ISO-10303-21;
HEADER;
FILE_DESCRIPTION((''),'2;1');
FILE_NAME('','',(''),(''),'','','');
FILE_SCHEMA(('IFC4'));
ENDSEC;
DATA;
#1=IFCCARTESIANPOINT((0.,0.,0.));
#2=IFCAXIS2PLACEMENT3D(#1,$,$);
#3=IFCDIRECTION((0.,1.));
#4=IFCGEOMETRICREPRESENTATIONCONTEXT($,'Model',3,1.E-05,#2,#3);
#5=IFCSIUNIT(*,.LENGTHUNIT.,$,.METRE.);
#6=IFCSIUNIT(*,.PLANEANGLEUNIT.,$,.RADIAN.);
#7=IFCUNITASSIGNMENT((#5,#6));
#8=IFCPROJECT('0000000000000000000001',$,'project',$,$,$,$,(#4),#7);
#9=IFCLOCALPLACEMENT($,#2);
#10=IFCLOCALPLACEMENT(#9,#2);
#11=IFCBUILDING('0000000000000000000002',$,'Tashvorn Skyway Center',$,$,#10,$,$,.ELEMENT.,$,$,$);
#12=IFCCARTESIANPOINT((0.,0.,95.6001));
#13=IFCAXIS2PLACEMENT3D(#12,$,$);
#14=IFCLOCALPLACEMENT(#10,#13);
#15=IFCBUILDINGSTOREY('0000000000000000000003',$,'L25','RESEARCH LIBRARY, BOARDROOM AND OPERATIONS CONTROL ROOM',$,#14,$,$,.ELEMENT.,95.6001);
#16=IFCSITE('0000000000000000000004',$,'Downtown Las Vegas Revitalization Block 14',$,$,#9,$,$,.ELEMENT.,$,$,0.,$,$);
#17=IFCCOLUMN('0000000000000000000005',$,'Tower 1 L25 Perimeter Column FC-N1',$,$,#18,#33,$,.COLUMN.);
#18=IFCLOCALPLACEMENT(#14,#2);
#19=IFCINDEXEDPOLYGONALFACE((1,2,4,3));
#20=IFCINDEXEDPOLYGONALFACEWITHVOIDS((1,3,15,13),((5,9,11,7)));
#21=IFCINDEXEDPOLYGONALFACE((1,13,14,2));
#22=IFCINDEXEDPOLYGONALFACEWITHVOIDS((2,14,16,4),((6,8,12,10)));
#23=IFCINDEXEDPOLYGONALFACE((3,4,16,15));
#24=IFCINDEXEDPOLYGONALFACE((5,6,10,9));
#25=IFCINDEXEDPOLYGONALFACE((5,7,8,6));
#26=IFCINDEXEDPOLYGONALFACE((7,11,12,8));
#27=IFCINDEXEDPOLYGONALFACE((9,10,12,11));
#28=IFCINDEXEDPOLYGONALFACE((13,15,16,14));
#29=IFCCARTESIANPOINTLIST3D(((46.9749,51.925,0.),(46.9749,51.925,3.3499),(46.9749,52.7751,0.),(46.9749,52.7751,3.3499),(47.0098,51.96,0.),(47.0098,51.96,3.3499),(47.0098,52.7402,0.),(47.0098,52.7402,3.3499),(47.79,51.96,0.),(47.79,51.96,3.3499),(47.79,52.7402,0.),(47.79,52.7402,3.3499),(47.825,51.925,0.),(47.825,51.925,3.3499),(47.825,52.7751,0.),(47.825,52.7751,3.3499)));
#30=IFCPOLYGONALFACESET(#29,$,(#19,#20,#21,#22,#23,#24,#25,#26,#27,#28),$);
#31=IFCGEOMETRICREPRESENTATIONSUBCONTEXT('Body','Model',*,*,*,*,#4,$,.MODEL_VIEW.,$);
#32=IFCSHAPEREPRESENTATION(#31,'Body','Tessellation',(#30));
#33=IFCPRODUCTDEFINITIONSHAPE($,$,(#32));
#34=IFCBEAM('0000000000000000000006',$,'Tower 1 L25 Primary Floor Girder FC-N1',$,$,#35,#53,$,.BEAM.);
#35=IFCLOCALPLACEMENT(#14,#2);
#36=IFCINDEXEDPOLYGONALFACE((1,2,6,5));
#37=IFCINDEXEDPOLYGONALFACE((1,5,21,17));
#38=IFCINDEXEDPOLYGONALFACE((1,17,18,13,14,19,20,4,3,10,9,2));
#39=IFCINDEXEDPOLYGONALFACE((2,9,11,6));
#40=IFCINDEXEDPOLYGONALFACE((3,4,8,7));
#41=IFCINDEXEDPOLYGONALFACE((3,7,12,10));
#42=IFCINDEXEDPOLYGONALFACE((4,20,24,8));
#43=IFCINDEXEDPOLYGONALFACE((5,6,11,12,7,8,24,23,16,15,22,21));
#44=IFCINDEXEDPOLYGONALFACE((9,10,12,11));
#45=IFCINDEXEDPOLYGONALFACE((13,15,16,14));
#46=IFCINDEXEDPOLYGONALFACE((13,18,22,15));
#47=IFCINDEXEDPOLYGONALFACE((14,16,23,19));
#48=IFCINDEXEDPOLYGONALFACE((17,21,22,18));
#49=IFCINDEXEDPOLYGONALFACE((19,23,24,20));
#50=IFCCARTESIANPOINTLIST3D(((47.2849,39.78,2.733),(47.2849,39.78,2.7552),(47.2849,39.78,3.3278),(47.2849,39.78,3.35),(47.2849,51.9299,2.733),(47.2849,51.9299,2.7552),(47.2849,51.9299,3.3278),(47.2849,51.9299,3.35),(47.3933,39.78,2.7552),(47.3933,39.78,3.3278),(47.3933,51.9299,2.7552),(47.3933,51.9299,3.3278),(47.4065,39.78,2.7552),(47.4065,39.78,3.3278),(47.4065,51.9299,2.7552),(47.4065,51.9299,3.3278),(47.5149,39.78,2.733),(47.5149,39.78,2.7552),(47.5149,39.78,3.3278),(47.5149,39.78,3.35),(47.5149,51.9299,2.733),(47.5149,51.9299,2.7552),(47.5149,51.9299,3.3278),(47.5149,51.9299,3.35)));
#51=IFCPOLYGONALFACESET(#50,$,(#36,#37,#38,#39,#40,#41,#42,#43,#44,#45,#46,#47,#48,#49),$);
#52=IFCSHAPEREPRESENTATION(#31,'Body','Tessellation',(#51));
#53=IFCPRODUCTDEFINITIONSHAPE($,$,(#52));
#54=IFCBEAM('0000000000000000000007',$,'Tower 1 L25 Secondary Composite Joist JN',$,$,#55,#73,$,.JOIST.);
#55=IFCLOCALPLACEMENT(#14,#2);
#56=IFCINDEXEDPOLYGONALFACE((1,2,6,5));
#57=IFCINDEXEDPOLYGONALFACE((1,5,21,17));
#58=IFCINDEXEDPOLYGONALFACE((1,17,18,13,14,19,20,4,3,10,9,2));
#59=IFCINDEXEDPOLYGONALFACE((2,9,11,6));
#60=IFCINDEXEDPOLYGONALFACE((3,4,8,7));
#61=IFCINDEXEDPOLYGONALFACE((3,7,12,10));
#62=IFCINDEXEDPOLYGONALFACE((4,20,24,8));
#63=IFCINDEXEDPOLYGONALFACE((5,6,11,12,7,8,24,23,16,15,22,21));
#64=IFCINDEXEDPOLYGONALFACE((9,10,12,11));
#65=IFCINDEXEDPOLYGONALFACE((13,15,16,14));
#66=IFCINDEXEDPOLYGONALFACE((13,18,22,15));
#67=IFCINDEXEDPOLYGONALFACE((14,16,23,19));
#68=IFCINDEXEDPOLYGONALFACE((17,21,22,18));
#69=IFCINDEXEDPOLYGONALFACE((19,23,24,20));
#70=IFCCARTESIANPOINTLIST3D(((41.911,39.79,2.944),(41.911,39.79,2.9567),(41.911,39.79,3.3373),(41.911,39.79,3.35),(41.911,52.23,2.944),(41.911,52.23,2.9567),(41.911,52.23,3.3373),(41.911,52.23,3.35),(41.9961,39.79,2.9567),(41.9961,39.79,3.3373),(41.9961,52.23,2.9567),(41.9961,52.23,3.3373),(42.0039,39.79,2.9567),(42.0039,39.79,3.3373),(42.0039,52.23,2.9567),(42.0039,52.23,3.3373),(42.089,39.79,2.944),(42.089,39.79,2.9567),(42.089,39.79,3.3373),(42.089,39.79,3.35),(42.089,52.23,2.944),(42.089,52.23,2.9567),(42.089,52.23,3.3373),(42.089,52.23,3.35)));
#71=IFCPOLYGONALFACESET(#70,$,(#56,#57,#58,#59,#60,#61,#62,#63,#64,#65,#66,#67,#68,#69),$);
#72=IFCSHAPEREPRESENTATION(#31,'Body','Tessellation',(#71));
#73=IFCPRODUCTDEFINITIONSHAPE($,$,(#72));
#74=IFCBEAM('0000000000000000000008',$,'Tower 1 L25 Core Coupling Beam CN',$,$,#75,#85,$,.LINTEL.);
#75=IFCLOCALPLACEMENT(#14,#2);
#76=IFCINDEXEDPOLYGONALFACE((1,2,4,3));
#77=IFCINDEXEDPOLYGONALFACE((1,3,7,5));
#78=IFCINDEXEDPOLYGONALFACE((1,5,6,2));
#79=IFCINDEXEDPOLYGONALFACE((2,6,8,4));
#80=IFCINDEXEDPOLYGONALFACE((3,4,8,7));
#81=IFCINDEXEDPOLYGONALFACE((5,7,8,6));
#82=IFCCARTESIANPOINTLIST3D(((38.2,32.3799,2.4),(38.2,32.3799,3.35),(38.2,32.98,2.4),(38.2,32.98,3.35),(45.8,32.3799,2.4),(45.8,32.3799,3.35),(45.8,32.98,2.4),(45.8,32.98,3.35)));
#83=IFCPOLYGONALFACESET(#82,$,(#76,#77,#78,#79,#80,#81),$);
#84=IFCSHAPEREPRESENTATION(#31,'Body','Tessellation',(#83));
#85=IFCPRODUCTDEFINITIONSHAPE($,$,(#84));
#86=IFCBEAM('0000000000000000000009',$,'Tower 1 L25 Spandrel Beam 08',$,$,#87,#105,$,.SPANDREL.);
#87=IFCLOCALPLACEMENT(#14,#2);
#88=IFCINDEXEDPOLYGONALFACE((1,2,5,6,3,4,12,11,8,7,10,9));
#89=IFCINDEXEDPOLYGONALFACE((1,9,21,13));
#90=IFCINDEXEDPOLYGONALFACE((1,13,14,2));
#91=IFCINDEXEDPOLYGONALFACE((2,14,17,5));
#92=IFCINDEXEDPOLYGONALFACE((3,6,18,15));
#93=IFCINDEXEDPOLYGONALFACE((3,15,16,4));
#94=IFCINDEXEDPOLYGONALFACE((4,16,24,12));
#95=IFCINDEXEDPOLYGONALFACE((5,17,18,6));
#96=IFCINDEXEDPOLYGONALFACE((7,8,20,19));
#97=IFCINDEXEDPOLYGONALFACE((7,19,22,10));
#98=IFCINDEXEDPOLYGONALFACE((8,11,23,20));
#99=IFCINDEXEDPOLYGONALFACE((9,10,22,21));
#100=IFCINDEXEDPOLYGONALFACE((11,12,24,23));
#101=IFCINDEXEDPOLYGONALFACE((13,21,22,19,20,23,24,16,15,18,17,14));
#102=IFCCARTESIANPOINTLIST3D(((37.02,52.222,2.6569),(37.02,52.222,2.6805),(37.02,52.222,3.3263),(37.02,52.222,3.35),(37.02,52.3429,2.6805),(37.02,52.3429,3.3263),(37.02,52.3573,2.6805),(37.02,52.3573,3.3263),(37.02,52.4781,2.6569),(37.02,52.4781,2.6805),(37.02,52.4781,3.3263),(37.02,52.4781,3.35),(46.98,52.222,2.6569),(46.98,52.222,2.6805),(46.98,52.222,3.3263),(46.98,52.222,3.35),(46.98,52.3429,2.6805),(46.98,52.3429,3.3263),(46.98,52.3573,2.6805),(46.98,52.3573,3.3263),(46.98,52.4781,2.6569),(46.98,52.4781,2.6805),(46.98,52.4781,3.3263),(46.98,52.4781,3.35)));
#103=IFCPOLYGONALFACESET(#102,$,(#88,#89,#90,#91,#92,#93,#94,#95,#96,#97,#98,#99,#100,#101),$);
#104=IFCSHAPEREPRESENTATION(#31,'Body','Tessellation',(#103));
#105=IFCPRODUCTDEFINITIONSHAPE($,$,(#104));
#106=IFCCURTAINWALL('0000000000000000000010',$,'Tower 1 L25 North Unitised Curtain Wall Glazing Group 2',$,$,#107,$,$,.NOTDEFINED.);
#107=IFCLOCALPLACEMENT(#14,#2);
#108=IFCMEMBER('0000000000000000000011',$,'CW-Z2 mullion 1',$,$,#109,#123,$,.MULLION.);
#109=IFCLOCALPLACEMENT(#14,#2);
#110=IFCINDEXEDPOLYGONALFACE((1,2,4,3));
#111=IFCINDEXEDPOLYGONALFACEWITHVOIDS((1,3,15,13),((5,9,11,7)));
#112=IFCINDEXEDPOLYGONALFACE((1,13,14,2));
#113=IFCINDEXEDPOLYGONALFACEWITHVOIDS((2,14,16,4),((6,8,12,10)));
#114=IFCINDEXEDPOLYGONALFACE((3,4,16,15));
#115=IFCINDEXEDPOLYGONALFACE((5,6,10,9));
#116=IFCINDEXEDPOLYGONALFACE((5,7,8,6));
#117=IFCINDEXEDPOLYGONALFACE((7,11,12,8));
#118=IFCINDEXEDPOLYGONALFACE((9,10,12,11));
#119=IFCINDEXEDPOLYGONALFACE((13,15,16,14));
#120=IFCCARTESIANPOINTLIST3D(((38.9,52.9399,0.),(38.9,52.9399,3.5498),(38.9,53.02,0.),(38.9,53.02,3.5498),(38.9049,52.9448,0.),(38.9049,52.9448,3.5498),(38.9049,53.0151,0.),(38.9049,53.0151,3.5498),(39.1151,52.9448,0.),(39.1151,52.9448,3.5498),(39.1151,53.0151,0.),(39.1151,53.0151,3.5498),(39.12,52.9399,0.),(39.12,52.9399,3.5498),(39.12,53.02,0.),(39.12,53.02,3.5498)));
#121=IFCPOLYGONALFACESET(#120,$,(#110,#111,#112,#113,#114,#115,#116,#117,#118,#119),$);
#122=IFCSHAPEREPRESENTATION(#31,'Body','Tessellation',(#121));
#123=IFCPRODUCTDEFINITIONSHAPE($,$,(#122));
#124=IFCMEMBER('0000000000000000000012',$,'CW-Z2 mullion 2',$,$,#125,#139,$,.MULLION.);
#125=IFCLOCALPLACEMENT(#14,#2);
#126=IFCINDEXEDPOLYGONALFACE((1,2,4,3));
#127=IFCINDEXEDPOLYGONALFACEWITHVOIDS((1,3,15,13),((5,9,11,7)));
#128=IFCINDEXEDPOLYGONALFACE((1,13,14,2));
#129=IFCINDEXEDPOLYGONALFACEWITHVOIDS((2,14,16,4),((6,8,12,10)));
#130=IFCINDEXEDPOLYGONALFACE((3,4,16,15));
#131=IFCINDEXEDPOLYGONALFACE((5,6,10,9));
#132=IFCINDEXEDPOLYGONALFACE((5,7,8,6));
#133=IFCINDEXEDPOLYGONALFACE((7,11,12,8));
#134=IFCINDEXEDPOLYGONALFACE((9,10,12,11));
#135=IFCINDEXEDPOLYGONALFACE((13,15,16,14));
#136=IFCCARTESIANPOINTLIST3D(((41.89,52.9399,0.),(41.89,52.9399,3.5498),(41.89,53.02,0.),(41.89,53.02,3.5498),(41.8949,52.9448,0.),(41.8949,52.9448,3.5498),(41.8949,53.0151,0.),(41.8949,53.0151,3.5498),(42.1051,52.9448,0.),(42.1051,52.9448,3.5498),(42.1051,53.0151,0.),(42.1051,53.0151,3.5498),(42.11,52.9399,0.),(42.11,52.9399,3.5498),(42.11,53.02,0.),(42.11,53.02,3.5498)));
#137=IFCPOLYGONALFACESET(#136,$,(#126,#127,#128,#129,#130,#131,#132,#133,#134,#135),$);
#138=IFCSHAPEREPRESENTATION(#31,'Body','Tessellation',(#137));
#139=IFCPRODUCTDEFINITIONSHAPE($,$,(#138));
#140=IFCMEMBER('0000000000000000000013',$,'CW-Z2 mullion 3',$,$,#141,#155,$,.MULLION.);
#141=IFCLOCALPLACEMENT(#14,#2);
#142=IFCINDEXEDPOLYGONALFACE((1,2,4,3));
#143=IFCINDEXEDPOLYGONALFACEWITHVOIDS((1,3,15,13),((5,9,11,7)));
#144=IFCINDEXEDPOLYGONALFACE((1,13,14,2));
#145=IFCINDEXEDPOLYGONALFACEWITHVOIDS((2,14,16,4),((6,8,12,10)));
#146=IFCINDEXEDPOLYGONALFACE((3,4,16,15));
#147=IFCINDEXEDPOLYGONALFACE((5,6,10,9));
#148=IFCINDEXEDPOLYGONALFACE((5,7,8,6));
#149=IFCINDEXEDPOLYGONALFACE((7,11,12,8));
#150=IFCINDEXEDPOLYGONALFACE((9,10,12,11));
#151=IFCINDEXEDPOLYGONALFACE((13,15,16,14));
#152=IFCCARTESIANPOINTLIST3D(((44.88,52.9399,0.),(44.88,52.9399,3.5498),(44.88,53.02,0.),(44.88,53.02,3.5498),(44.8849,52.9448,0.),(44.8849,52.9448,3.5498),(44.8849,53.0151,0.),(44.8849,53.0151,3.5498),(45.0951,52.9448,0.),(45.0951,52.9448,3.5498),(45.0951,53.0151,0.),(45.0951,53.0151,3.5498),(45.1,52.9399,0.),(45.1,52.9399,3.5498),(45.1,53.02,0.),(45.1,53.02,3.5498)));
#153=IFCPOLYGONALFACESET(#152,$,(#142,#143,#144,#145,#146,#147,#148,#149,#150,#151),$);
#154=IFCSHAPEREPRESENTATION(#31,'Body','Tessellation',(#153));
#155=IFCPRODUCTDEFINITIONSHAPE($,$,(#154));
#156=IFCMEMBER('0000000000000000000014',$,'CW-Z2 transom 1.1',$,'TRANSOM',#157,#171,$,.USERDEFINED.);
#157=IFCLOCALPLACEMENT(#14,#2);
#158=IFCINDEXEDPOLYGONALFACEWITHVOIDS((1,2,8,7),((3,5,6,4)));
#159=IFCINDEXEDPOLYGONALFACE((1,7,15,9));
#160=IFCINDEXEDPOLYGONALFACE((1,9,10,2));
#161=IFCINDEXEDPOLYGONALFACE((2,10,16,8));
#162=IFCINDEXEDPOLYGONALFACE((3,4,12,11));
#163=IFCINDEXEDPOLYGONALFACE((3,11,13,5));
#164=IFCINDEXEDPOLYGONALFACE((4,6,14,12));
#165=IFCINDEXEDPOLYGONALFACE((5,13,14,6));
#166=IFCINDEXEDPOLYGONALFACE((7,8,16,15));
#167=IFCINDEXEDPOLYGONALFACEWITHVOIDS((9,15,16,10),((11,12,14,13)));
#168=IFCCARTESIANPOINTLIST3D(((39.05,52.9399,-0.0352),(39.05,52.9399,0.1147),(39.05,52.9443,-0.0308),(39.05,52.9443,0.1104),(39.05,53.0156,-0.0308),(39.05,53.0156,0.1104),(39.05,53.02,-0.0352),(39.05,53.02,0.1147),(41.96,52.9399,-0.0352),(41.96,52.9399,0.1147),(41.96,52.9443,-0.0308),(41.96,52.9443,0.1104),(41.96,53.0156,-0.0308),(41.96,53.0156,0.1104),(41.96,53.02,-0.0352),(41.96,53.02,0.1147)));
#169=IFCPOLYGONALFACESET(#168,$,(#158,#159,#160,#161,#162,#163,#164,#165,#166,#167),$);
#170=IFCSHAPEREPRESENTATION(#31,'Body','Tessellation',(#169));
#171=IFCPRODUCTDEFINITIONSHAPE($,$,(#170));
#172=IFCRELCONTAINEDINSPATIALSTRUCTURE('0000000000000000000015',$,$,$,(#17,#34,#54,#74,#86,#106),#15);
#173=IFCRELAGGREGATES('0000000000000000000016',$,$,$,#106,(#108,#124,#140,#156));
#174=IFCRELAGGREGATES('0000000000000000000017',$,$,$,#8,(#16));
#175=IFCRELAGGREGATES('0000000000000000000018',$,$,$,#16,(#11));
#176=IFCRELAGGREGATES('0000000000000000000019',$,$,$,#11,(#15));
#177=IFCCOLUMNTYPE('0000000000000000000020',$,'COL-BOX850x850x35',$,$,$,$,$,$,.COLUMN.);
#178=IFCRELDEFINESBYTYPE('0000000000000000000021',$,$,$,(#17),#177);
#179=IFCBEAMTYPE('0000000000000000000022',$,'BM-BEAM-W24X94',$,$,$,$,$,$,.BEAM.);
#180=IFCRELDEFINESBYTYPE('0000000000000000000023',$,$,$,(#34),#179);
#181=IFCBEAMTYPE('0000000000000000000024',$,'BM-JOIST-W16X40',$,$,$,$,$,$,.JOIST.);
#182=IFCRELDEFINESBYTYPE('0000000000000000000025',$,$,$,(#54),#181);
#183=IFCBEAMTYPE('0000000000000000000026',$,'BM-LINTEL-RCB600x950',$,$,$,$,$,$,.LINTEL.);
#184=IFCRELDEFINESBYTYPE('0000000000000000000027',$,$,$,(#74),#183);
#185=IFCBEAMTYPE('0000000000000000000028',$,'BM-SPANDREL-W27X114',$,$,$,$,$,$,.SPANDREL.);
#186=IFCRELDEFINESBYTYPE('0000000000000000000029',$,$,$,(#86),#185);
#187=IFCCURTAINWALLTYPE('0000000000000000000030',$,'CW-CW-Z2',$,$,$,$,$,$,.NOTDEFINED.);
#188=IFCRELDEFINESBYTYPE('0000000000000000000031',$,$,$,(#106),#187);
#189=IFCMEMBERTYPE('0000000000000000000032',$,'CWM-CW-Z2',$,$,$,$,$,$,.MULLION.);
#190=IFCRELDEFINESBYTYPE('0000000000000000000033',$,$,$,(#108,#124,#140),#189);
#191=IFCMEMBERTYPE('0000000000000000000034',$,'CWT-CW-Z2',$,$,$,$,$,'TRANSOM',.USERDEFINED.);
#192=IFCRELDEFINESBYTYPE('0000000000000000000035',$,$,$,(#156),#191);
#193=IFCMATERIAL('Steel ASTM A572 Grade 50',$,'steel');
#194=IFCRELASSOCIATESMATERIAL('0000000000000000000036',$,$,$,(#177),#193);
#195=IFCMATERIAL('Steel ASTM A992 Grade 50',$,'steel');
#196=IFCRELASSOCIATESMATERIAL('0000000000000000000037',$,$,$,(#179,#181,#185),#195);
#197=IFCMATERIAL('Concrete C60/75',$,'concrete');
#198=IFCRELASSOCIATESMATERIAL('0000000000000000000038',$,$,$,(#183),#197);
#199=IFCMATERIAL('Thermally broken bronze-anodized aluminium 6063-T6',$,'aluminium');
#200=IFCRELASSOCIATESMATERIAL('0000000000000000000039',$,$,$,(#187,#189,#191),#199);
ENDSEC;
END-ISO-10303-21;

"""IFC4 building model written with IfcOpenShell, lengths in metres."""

from ifc_helpers import new_model, si_unit, direction, frame, origin, origin_2d, place, context, subcontext, project, spatial, rectangle, hollow_rectangle, i_section, extrude, material, material_profile, profile_set, type_object, element, aggregate, save


model = new_model("IFC4")

# Units and contexts
model_context = context("Model", 3, precision=1e-05, world=origin(), true_north=direction((0.0, 1.0)))
body_context = subcontext(model_context, "Body", "Model", "MODEL_VIEW")
ifc_project = project(units=[si_unit("LENGTHUNIT", "METRE"), si_unit("PLANEANGLEUNIT", "RADIAN")], contexts=[model_context])

# Site, building, storey
site_placement = place(None, origin())
site = spatial("IfcSite", under=ifc_project, at=site_placement, Name="Downtown Las Vegas Revitalization Block 14", CompositionType="ELEMENT", RefElevation=0.0)
building_placement = place(site_placement, origin())
building = spatial("IfcBuilding", under=site, at=building_placement, Name="Tashvorn Skyway Center", CompositionType="ELEMENT")
storey_placement = place(building_placement, frame((0.0, 0.0, 95.6001)))
storey = spatial("IfcBuildingStorey", under=building, at=storey_placement, Name="L25", Description="RESEARCH LIBRARY, BOARDROOM AND OPERATIONS CONTROL ROOM", CompositionType="ELEMENT", Elevation=95.6001)

# Column
ifc_material_1 = material(Name="Steel ASTM A572 Grade 50", Category="steel")
ifc_material_profile_1 = material_profile(ifc_material_1, hollow_rectangle(XDim=0.8501, YDim=0.8501, WallThickness=0.0349, at=origin_2d()), Name="BOX850x850x35")
ifc_profile_set_1 = profile_set([ifc_material_profile_1], Name="Steel ASTM A572 Grade 50")
column_type = type_object("IfcColumnType", Name="COL-BOX850x850x35", PredefinedType="COLUMN", material=ifc_profile_set_1)
column_placement = place(storey_placement, frame((47.3999, 52.3501, 0.0), z_axis=(0.0, 0.0, 1.0), x_axis=(1.0, 0.0, 0.0)))
element("IfcColumn", 1, at=column_placement, inside=storey, type_object=column_type, Name="Tower 1 L25 Perimeter Column FC-N1", PredefinedType="COLUMN", context=body_context, shape_type="SweptSolid", body=[
    extrude(hollow_rectangle(XDim=0.8501, YDim=0.8501, WallThickness=0.0349, at=origin_2d()), origin(), (0.0, 0.0, 1.0), 3.3499),
])

# Beams
ifc_material_2 = material(Name="Steel ASTM A992 Grade 50", Category="steel")
ifc_material_profile_2 = material_profile(ifc_material_2, i_section(OverallWidth=0.23, OverallDepth=0.6169, WebThickness=0.0132, FlangeThickness=0.0222, at=origin_2d()), Name="W24X94")
ifc_profile_set_2 = profile_set([ifc_material_profile_2], Name="Steel ASTM A992 Grade 50")
beam_type_1 = type_object("IfcBeamType", Name="BM-BEAM-W24X94", PredefinedType="BEAM", material=ifc_profile_set_2)
beam_1_placement = place(storey_placement, frame((47.3999, 51.9299, 3.0415), z_axis=(0.0, -1.0, 0.0), x_axis=(1.0, 0.0, 0.0)))
element("IfcBeam", 2, at=beam_1_placement, inside=storey, type_object=beam_type_1, Name="Tower 1 L25 Primary Floor Girder FC-N1", PredefinedType="BEAM", context=body_context, shape_type="SweptSolid", body=[
    extrude(i_section(OverallWidth=0.23, OverallDepth=0.6169, WebThickness=0.0132, FlangeThickness=0.0222, at=origin_2d()), origin(), (0.0, 0.0, 1.0), 12.1499),
])
ifc_material_profile_3 = material_profile(ifc_material_2, i_section(OverallWidth=0.178, OverallDepth=0.406, WebThickness=0.0078, FlangeThickness=0.0127, at=origin_2d()), Name="W16X40")
ifc_profile_set_3 = profile_set([ifc_material_profile_3], Name="Steel ASTM A992 Grade 50")
beam_type_2 = type_object("IfcBeamType", Name="BM-JOIST-W16X40", PredefinedType="JOIST", material=ifc_profile_set_3)
beam_2_placement = place(storey_placement, frame((42.0, 39.79, 3.147), z_axis=(0.0, 1.0, 0.0), x_axis=(-1.0, 0.0, 0.0)))
element("IfcBeam", 3, at=beam_2_placement, inside=storey, type_object=beam_type_2, Name="Tower 1 L25 Secondary Composite Joist JN", PredefinedType="JOIST", context=body_context, shape_type="SweptSolid", body=[
    extrude(i_section(OverallWidth=0.178, OverallDepth=0.406, WebThickness=0.0078, FlangeThickness=0.0127, at=origin_2d()), origin(), (0.0, 0.0, 1.0), 12.4399),
])
ifc_material_3 = material(Name="Concrete C60/75", Category="concrete")
ifc_material_profile_4 = material_profile(ifc_material_3, rectangle(XDim=0.6001, YDim=0.95, at=origin_2d()), Name="RCB600x950")
ifc_profile_set_4 = profile_set([ifc_material_profile_4], Name="Concrete C60/75")
beam_type_3 = type_object("IfcBeamType", Name="BM-LINTEL-RCB600x950", PredefinedType="LINTEL", material=ifc_profile_set_4)
beam_3_placement = place(storey_placement, frame((38.2, 32.6799, 2.875), z_axis=(1.0, 0.0, 0.0), x_axis=(0.0, 1.0, 0.0)))
element("IfcBeam", 4, at=beam_3_placement, inside=storey, type_object=beam_type_3, Name="Tower 1 L25 Core Coupling Beam CN", PredefinedType="LINTEL", context=body_context, shape_type="SweptSolid", body=[
    extrude(rectangle(XDim=0.6001, YDim=0.95, at=origin_2d()), origin(), (0.0, 0.0, 1.0), 7.6001),
])
ifc_material_profile_5 = material_profile(ifc_material_2, i_section(OverallWidth=0.2561, OverallDepth=0.6931, WebThickness=0.0144, FlangeThickness=0.0237, at=origin_2d()), Name="W27X114")
ifc_profile_set_5 = profile_set([ifc_material_profile_5], Name="Steel ASTM A992 Grade 50")
beam_type_4 = type_object("IfcBeamType", Name="BM-SPANDREL-W27X114", PredefinedType="SPANDREL", material=ifc_profile_set_5)
beam_4_placement = place(storey_placement, frame((46.98, 52.3501, 3.0034), z_axis=(-1.0, 0.0, 0.0), x_axis=(0.0, -1.0, 0.0)))
element("IfcBeam", 5, at=beam_4_placement, inside=storey, type_object=beam_type_4, Name="Tower 1 L25 Spandrel Beam 08", PredefinedType="SPANDREL", context=body_context, shape_type="SweptSolid", body=[
    extrude(i_section(OverallWidth=0.2561, OverallDepth=0.6931, WebThickness=0.0144, FlangeThickness=0.0237, at=origin_2d()), origin(), (0.0, 0.0, 1.0), 9.96),
])

# Curtain wall, members
ifc_material_4 = material(Name="Thermally broken bronze-anodized aluminium 6063-T6", Category="aluminium")
curtain_wall_type = type_object("IfcCurtainWallType", Name="CW-CW-Z2", PredefinedType="NOTDEFINED", material=ifc_material_4)
curtain_wall_placement = place(storey_placement, origin())
curtain_wall = element("IfcCurtainWall", 6, at=curtain_wall_placement, inside=storey, type_object=curtain_wall_type, Name="Tower 1 L25 North Unitised Curtain Wall Glazing Group 2", PredefinedType="NOTDEFINED")
ifc_material_profile_6 = material_profile(ifc_material_4, hollow_rectangle(XDim=0.0801, YDim=0.22, WallThickness=0.0049, at=origin_2d()), Name="ALU-MULL-80x220")
ifc_profile_set_6 = profile_set([ifc_material_profile_6], Name="Thermally broken bronze-anodized aluminium 6063-T6")
member_type_1 = type_object("IfcMemberType", Name="CWM-CW-Z2", PredefinedType="MULLION", material=ifc_profile_set_6)
member_1_placement = place(storey_placement, frame((39.01, 52.98, 0.0), z_axis=(0.0, 0.0, 1.0), x_axis=(0.0, 1.0, 0.0)))
member_1 = element("IfcMember", 7, at=member_1_placement, type_object=member_type_1, Name="CW-Z2 mullion 1", PredefinedType="MULLION", context=body_context, shape_type="SweptSolid", body=[
    extrude(hollow_rectangle(XDim=0.0801, YDim=0.22, WallThickness=0.0049, at=origin_2d()), origin(), (0.0, 0.0, 1.0), 3.5498),
])
member_2_placement = place(storey_placement, frame((42.0, 52.98, 0.0), z_axis=(0.0, 0.0, 1.0), x_axis=(0.0, 1.0, 0.0)))
member_2 = element("IfcMember", 8, at=member_2_placement, type_object=member_type_1, Name="CW-Z2 mullion 2", PredefinedType="MULLION", context=body_context, shape_type="SweptSolid", body=[
    extrude(hollow_rectangle(XDim=0.0801, YDim=0.22, WallThickness=0.0049, at=origin_2d()), origin(), (0.0, 0.0, 1.0), 3.5498),
])
member_3_placement = place(storey_placement, frame((44.99, 52.98, 0.0), z_axis=(0.0, 0.0, 1.0), x_axis=(0.0, 1.0, 0.0)))
member_3 = element("IfcMember", 9, at=member_3_placement, type_object=member_type_1, Name="CW-Z2 mullion 3", PredefinedType="MULLION", context=body_context, shape_type="SweptSolid", body=[
    extrude(hollow_rectangle(XDim=0.0801, YDim=0.22, WallThickness=0.0049, at=origin_2d()), origin(), (0.0, 0.0, 1.0), 3.5498),
])
ifc_material_profile_7 = material_profile(ifc_material_4, hollow_rectangle(XDim=0.0801, YDim=0.1499, WallThickness=0.0044, at=origin_2d()), Name="ALU-TRAN-80x150")
ifc_profile_set_7 = profile_set([ifc_material_profile_7], Name="Thermally broken bronze-anodized aluminium 6063-T6")
member_type_2 = type_object("IfcMemberType", Name="CWT-CW-Z2", ElementType="TRANSOM", PredefinedType="USERDEFINED", material=ifc_profile_set_7)
member_4_placement = place(storey_placement, frame((39.05, 52.98, 0.0398), z_axis=(1.0, 0.0, 0.0), x_axis=(0.0, 1.0, 0.0)))
member_4 = element("IfcMember", 10, at=member_4_placement, type_object=member_type_2, Name="CW-Z2 transom 1.1", ObjectType="TRANSOM", PredefinedType="USERDEFINED", context=body_context, shape_type="SweptSolid", body=[
    extrude(hollow_rectangle(XDim=0.0801, YDim=0.1499, WallThickness=0.0044, at=origin_2d()), origin(), (0.0, 0.0, 1.0), 2.9099),
])
aggregate(curtain_wall, [member_1, member_2, member_3, member_4])

save(model, "model.ifc")
